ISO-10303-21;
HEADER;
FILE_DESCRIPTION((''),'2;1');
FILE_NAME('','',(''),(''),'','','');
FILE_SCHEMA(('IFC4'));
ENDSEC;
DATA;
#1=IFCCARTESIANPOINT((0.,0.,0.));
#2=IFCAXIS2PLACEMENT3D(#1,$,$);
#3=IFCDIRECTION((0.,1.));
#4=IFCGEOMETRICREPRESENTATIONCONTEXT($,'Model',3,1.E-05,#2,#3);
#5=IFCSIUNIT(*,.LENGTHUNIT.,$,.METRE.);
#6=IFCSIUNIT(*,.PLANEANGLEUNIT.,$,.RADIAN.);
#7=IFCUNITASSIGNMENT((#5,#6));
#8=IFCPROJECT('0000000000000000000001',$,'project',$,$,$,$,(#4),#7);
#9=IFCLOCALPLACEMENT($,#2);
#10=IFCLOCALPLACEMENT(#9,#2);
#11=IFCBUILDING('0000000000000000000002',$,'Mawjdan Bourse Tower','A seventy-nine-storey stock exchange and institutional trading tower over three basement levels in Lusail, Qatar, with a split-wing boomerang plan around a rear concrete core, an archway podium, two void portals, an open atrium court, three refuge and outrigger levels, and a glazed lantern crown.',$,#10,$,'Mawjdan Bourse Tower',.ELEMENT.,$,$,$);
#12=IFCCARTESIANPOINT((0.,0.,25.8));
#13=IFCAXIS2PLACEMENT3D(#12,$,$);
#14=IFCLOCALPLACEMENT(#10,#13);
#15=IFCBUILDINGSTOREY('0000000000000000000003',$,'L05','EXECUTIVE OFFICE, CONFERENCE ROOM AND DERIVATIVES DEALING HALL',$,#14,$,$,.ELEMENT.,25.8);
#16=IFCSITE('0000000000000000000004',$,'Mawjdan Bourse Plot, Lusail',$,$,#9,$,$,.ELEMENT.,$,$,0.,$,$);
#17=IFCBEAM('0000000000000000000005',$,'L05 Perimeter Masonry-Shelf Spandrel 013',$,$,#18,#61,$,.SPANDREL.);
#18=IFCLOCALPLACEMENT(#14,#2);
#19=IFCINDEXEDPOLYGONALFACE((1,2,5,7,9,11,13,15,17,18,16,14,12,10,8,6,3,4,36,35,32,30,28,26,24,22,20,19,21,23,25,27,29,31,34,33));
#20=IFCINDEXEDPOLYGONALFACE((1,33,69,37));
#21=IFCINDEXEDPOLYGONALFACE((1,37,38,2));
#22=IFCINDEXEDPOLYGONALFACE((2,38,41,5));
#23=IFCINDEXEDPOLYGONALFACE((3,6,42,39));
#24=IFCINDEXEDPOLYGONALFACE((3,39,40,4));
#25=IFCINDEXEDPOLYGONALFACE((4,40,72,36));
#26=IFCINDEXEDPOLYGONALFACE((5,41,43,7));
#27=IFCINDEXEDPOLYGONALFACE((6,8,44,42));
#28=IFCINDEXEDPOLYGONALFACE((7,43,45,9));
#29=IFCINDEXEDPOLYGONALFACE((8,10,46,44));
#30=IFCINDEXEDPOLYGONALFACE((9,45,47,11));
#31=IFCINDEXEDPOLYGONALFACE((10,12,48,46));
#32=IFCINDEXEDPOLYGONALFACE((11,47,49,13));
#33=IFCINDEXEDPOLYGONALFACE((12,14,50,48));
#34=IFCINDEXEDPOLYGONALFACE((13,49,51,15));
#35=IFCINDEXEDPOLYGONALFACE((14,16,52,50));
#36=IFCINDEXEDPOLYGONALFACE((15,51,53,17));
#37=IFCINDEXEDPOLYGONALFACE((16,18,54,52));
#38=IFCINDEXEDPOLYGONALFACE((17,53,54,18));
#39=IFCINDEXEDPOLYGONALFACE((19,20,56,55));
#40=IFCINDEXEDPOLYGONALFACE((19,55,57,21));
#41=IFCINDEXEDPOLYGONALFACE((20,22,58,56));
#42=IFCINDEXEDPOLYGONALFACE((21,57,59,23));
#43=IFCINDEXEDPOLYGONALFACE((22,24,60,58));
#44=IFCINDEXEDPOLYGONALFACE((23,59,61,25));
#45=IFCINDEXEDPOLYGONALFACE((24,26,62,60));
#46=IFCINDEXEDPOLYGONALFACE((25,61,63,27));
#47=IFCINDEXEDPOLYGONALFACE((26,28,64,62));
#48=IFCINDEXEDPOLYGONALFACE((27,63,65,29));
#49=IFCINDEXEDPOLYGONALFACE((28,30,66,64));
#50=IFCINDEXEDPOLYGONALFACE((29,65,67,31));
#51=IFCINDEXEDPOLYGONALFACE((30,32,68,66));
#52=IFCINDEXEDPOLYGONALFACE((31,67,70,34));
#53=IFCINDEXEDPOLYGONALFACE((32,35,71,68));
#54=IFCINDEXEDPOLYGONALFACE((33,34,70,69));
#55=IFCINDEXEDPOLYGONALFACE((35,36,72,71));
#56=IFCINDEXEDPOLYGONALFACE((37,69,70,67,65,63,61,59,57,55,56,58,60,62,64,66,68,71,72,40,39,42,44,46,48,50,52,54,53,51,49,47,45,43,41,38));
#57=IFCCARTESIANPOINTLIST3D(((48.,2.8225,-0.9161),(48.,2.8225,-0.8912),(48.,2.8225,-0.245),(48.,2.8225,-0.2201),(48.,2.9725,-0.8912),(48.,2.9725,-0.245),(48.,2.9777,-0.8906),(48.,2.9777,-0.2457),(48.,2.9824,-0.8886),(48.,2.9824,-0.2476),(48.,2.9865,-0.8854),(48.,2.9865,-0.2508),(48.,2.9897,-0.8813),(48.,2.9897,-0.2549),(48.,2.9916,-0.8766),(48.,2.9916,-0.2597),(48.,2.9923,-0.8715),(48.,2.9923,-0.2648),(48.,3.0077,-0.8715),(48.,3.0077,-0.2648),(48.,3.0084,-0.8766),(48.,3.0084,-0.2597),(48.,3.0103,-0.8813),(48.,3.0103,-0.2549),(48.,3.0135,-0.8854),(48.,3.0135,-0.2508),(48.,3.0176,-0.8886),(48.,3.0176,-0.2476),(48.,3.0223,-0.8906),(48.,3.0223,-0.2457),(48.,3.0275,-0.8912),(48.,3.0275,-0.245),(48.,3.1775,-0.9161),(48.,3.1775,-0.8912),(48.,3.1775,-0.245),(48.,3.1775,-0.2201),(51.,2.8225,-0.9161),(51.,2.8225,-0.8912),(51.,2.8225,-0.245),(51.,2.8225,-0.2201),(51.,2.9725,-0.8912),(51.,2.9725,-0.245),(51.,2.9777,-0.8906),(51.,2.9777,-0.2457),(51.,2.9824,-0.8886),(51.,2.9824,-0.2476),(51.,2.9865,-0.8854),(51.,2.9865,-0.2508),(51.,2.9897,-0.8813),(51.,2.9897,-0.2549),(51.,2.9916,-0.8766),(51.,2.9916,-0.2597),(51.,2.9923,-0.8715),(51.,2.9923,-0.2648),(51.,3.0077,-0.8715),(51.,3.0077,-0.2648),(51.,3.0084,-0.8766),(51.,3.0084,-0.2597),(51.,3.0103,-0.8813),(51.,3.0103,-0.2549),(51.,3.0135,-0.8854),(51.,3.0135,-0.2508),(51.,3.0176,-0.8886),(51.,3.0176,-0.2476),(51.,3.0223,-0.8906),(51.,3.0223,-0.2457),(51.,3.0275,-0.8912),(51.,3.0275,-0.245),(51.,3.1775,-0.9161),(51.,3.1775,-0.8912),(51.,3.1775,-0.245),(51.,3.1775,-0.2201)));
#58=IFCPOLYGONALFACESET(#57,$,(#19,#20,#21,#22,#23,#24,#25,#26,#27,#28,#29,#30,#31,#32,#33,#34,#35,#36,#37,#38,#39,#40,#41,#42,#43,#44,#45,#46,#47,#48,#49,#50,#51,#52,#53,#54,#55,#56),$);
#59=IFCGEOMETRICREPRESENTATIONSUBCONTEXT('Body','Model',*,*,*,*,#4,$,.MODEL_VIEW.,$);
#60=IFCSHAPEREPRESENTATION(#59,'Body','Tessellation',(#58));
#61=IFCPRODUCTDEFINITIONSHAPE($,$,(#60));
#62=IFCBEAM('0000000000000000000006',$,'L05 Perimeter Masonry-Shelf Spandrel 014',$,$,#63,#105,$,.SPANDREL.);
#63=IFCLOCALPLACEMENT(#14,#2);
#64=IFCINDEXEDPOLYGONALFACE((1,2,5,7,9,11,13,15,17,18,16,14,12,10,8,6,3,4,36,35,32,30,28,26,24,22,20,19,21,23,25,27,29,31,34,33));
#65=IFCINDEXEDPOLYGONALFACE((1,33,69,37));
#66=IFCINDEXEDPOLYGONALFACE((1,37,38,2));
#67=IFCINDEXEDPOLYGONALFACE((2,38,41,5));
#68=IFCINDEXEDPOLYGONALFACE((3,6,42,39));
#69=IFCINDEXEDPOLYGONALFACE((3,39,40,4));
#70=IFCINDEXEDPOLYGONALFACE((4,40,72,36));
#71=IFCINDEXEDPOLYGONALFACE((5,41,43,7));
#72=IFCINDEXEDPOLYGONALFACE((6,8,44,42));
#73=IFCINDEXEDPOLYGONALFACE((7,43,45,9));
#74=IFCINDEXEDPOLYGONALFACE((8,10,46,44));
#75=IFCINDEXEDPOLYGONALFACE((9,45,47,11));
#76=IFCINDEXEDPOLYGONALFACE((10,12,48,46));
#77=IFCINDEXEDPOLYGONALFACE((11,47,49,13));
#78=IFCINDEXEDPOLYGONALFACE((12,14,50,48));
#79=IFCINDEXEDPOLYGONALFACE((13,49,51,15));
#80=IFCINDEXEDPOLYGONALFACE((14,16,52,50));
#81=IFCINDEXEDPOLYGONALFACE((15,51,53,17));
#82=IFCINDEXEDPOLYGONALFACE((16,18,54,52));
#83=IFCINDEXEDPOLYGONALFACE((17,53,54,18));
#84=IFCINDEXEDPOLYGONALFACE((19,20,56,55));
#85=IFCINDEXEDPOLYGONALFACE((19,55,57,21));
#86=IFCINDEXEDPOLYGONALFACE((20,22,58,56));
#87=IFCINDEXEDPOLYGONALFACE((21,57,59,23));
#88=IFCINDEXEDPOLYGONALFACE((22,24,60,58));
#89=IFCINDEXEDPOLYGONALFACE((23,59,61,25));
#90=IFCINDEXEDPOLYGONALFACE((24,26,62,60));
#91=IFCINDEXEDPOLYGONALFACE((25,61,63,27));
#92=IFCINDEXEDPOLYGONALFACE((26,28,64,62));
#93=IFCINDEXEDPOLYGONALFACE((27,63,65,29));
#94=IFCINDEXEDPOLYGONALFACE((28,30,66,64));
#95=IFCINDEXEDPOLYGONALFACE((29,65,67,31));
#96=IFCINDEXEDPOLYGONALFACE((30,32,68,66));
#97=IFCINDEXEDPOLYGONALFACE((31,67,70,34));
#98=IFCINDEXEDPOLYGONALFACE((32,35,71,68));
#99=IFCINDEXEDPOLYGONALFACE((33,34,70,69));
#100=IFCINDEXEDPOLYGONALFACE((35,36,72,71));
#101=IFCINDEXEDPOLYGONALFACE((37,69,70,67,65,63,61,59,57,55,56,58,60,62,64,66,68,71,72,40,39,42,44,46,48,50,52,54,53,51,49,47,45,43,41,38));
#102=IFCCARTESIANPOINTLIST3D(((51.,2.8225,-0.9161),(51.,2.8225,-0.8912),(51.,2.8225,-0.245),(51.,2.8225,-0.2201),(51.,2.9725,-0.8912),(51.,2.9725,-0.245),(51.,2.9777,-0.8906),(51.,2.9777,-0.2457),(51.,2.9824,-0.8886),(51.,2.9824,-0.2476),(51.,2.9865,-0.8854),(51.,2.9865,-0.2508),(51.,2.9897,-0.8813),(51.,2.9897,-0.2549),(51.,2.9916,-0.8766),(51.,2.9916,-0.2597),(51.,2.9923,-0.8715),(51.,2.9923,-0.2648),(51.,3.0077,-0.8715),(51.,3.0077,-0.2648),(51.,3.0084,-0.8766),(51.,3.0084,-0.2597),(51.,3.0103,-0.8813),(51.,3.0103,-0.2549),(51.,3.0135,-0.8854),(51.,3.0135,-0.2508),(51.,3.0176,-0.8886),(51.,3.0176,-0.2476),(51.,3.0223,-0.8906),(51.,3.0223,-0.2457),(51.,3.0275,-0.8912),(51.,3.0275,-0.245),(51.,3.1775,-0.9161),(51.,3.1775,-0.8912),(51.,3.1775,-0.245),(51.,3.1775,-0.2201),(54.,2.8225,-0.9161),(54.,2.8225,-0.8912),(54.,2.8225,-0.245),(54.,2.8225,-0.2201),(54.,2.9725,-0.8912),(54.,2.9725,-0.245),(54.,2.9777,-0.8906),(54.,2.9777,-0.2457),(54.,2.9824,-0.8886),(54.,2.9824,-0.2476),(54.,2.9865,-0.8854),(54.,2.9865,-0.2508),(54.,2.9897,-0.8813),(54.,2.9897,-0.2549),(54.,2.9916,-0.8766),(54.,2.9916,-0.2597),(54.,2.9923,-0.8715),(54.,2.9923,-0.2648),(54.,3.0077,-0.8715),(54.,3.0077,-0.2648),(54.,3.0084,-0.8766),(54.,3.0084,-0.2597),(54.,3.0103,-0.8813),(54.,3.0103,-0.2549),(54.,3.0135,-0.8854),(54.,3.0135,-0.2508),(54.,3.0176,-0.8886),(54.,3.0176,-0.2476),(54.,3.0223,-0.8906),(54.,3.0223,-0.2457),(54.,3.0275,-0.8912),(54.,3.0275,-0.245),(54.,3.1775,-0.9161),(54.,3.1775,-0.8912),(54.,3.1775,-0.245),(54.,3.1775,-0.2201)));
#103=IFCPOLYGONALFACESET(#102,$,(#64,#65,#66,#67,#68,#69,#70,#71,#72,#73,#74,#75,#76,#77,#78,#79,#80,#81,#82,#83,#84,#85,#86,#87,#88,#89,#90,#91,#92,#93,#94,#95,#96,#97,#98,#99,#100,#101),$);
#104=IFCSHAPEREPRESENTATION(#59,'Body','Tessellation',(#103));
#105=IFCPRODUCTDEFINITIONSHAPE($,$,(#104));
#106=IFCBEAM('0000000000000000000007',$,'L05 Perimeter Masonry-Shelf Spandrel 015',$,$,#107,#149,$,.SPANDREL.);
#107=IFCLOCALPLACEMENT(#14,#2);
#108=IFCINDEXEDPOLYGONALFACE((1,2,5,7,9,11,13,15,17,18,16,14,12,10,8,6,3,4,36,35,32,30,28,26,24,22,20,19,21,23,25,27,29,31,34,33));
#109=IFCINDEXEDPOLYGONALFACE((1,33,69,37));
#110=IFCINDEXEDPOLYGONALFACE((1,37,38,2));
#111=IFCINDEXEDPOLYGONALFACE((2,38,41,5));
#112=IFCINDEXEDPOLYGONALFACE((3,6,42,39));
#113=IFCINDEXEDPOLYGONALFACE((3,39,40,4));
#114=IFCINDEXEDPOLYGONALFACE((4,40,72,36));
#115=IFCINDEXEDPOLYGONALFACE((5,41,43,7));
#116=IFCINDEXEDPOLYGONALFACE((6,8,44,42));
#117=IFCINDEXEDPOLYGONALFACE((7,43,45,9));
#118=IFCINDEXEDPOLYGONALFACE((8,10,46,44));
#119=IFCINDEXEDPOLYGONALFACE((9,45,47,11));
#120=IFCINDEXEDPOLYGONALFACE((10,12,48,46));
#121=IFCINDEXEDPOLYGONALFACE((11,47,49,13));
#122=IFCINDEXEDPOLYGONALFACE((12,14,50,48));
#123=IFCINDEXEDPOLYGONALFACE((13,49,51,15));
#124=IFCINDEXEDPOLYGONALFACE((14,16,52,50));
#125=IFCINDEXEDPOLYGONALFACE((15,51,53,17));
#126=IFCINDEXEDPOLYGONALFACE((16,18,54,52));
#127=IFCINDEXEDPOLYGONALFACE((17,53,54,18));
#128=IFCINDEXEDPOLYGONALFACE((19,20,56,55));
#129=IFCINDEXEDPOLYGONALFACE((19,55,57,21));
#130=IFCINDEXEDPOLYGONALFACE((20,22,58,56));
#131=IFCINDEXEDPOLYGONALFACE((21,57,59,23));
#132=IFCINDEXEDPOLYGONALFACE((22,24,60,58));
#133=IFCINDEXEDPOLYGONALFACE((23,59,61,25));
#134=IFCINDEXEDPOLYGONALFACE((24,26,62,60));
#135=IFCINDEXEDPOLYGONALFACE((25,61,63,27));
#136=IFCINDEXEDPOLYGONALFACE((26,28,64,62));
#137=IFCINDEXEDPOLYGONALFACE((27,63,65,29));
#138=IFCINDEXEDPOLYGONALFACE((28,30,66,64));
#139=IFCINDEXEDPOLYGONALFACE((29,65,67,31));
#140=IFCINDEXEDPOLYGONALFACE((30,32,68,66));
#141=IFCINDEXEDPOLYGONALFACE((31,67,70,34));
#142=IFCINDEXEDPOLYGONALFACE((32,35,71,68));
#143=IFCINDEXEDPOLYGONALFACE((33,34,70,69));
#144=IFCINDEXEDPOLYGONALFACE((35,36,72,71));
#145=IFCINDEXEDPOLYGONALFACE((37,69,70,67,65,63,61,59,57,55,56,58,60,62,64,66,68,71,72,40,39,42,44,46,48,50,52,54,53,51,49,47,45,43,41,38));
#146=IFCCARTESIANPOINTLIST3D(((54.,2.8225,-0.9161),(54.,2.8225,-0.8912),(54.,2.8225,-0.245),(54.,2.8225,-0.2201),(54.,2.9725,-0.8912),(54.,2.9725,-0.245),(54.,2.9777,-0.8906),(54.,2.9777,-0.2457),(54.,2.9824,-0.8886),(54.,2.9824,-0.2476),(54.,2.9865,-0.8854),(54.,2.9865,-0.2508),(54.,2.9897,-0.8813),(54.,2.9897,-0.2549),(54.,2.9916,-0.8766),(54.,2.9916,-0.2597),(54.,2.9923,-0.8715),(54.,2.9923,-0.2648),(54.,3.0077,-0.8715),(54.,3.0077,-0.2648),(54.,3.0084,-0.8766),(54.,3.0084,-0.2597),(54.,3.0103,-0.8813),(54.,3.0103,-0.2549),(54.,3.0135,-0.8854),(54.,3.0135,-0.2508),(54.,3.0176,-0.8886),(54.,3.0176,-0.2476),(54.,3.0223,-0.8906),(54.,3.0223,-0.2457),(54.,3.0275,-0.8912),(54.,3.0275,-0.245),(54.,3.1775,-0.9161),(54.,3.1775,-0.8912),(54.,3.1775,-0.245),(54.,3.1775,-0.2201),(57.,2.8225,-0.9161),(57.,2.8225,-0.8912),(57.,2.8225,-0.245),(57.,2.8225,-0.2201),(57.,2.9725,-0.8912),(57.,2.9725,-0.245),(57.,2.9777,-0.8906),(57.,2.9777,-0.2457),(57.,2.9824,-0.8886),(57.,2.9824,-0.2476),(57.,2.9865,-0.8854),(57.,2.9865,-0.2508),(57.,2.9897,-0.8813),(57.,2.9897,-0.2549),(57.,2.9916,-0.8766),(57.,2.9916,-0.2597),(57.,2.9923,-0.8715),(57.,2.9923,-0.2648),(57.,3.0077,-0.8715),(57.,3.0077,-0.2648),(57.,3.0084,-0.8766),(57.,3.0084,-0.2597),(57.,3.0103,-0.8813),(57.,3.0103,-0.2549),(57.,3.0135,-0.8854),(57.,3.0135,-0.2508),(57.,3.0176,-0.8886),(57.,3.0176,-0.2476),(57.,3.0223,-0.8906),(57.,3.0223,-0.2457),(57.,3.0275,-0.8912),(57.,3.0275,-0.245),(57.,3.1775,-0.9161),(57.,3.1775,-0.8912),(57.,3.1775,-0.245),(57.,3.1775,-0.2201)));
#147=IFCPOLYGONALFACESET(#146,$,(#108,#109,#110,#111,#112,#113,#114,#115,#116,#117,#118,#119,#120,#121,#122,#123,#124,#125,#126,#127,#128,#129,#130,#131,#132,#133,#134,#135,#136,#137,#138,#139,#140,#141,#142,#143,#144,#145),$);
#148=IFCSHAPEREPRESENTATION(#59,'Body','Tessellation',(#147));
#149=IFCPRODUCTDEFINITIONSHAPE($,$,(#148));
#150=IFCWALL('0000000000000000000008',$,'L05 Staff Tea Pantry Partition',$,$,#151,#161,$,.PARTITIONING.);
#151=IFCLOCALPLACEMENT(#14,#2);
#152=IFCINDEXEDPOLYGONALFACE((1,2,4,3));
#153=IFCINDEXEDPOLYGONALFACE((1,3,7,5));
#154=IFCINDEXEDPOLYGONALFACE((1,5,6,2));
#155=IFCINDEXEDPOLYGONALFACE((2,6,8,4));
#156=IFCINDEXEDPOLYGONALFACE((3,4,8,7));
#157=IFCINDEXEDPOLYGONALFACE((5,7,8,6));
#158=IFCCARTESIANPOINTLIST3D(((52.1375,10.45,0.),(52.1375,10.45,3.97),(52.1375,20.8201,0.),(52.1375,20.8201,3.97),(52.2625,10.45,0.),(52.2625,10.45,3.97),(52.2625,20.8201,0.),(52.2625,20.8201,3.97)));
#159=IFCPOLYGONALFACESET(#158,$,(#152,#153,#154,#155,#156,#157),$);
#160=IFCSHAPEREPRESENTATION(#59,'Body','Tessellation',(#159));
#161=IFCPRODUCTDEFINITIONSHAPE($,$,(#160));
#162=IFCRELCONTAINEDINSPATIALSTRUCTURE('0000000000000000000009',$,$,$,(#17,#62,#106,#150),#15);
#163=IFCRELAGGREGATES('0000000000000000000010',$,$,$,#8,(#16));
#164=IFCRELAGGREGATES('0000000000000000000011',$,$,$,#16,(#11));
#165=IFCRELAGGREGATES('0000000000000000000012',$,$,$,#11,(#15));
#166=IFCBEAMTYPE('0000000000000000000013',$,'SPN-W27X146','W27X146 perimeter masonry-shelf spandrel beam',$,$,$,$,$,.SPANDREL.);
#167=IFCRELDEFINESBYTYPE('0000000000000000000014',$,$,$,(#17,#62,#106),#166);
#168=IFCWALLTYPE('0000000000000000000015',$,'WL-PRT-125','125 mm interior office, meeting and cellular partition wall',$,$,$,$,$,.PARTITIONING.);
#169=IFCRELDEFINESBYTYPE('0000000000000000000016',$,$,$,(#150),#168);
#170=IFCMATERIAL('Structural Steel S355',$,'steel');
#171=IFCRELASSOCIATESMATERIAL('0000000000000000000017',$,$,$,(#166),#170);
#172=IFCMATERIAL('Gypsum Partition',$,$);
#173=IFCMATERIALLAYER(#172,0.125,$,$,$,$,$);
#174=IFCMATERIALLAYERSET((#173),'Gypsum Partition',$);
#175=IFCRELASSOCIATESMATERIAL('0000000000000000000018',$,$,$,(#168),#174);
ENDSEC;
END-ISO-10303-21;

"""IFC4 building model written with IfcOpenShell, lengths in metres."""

from ifc_helpers import new_model, si_unit, direction, frame, frame_2d, origin, origin_2d, place, context, subcontext, project, spatial, rectangle, i_section, extrude, material, layer, layer_set, material_profile, profile_set, type_object, element, save


model = new_model("IFC4")

# Units and contexts
model_context = context("Model", 3, precision=1e-05, world=origin(), true_north=direction((0.0, 1.0)))
body_context = subcontext(model_context, "Body", "Model", "MODEL_VIEW")
ifc_project = project(units=[si_unit("LENGTHUNIT", "METRE"), si_unit("PLANEANGLEUNIT", "RADIAN")], contexts=[model_context])

# Site, building, storey
site_placement = place(None, origin())
site = spatial("IfcSite", under=ifc_project, at=site_placement, Name="Mawjdan Bourse Plot, Lusail", CompositionType="ELEMENT", RefElevation=0.0)
building_placement = place(site_placement, origin())
building = spatial("IfcBuilding", under=site, at=building_placement, Name="Mawjdan Bourse Tower", Description="A seventy-nine-storey stock exchange and institutional trading tower over three basement levels in Lusail, Qatar, with a split-wing boomerang plan around a rear concrete core, an archway podium, two void portals, an open atrium court, three refuge and outrigger levels, and a glazed lantern crown.", LongName="Mawjdan Bourse Tower", CompositionType="ELEMENT")
storey_placement = place(building_placement, frame((0.0, 0.0, 25.8)))
storey = spatial("IfcBuildingStorey", under=building, at=storey_placement, Name="L05", Description="EXECUTIVE OFFICE, CONFERENCE ROOM AND DERIVATIVES DEALING HALL", CompositionType="ELEMENT", Elevation=25.8)

# Beams
ifc_material_1 = material(Name="Structural Steel S355", Category="steel")
ifc_material_profile_1 = material_profile(ifc_material_1, i_section(OverallWidth=0.355, OverallDepth=0.696, WebThickness=0.0154, FlangeThickness=0.0249, FilletRadius=0.0198, at=origin_2d()), Name="W27X146")
ifc_profile_set_1 = profile_set([ifc_material_profile_1], Name="Structural Steel S355")
beam_type_1 = type_object("IfcBeamType", Name="SPN-W27X146", Description="W27X146 perimeter masonry-shelf spandrel beam", PredefinedType="SPANDREL", material=ifc_profile_set_1)
for number, where, z_axis, x_axis, name in (
    (1, (48.0, 3.0, -0.5681), (1.0, 0.0, 0.0), (0.0, 1.0, 0.0), "L05 Perimeter Masonry-Shelf Spandrel 013"),
    (2, (51.0, 3.0, -0.5681), (1.0, 0.0, 0.0), (0.0, 1.0, 0.0), "L05 Perimeter Masonry-Shelf Spandrel 014"),
    (3, (54.0, 3.0, -0.5681), (1.0, 0.0, 0.0), (0.0, 1.0, 0.0), "L05 Perimeter Masonry-Shelf Spandrel 015"),
):
    element("IfcBeam", number, at=place(storey_placement, frame(where, z_axis=z_axis, x_axis=x_axis)), inside=storey, type_object=beam_type_1, Name=name, PredefinedType="SPANDREL", context=body_context, shape_type="SweptSolid", body=[
        extrude(i_section(OverallWidth=0.355, OverallDepth=0.696, WebThickness=0.0154, FlangeThickness=0.0249, FilletRadius=0.0198, at=origin_2d()), origin(), (0.0, 0.0, 1.0), 3.0),
    ])

# Wall
ifc_material_2 = material(Name="Gypsum Partition")
ifc_layer_1 = layer(ifc_material_2, 0.125)
ifc_layer_set_1 = layer_set([ifc_layer_1], Name="Gypsum Partition")
wall_type_1 = type_object("IfcWallType", Name="WL-PRT-125", Description="125 mm interior office, meeting and cellular partition wall", PredefinedType="PARTITIONING", material=ifc_layer_set_1)
wall_1_placement = place(storey_placement, frame((52.2, 10.45, 0.0), z_axis=(0.0, 0.0, 1.0), x_axis=(0.0, 1.0, 0.0)))
element("IfcWall", 4, at=wall_1_placement, inside=storey, type_object=wall_type_1, Name="L05 Staff Tea Pantry Partition", PredefinedType="PARTITIONING", context=body_context, shape_type="SweptSolid", body=[
    extrude(rectangle(XDim=10.3701, YDim=0.125, at=frame_2d((5.1851, 0.0))), origin(), (0.0, 0.0, 1.0), 3.97),
])

save(model, "model.ifc")
